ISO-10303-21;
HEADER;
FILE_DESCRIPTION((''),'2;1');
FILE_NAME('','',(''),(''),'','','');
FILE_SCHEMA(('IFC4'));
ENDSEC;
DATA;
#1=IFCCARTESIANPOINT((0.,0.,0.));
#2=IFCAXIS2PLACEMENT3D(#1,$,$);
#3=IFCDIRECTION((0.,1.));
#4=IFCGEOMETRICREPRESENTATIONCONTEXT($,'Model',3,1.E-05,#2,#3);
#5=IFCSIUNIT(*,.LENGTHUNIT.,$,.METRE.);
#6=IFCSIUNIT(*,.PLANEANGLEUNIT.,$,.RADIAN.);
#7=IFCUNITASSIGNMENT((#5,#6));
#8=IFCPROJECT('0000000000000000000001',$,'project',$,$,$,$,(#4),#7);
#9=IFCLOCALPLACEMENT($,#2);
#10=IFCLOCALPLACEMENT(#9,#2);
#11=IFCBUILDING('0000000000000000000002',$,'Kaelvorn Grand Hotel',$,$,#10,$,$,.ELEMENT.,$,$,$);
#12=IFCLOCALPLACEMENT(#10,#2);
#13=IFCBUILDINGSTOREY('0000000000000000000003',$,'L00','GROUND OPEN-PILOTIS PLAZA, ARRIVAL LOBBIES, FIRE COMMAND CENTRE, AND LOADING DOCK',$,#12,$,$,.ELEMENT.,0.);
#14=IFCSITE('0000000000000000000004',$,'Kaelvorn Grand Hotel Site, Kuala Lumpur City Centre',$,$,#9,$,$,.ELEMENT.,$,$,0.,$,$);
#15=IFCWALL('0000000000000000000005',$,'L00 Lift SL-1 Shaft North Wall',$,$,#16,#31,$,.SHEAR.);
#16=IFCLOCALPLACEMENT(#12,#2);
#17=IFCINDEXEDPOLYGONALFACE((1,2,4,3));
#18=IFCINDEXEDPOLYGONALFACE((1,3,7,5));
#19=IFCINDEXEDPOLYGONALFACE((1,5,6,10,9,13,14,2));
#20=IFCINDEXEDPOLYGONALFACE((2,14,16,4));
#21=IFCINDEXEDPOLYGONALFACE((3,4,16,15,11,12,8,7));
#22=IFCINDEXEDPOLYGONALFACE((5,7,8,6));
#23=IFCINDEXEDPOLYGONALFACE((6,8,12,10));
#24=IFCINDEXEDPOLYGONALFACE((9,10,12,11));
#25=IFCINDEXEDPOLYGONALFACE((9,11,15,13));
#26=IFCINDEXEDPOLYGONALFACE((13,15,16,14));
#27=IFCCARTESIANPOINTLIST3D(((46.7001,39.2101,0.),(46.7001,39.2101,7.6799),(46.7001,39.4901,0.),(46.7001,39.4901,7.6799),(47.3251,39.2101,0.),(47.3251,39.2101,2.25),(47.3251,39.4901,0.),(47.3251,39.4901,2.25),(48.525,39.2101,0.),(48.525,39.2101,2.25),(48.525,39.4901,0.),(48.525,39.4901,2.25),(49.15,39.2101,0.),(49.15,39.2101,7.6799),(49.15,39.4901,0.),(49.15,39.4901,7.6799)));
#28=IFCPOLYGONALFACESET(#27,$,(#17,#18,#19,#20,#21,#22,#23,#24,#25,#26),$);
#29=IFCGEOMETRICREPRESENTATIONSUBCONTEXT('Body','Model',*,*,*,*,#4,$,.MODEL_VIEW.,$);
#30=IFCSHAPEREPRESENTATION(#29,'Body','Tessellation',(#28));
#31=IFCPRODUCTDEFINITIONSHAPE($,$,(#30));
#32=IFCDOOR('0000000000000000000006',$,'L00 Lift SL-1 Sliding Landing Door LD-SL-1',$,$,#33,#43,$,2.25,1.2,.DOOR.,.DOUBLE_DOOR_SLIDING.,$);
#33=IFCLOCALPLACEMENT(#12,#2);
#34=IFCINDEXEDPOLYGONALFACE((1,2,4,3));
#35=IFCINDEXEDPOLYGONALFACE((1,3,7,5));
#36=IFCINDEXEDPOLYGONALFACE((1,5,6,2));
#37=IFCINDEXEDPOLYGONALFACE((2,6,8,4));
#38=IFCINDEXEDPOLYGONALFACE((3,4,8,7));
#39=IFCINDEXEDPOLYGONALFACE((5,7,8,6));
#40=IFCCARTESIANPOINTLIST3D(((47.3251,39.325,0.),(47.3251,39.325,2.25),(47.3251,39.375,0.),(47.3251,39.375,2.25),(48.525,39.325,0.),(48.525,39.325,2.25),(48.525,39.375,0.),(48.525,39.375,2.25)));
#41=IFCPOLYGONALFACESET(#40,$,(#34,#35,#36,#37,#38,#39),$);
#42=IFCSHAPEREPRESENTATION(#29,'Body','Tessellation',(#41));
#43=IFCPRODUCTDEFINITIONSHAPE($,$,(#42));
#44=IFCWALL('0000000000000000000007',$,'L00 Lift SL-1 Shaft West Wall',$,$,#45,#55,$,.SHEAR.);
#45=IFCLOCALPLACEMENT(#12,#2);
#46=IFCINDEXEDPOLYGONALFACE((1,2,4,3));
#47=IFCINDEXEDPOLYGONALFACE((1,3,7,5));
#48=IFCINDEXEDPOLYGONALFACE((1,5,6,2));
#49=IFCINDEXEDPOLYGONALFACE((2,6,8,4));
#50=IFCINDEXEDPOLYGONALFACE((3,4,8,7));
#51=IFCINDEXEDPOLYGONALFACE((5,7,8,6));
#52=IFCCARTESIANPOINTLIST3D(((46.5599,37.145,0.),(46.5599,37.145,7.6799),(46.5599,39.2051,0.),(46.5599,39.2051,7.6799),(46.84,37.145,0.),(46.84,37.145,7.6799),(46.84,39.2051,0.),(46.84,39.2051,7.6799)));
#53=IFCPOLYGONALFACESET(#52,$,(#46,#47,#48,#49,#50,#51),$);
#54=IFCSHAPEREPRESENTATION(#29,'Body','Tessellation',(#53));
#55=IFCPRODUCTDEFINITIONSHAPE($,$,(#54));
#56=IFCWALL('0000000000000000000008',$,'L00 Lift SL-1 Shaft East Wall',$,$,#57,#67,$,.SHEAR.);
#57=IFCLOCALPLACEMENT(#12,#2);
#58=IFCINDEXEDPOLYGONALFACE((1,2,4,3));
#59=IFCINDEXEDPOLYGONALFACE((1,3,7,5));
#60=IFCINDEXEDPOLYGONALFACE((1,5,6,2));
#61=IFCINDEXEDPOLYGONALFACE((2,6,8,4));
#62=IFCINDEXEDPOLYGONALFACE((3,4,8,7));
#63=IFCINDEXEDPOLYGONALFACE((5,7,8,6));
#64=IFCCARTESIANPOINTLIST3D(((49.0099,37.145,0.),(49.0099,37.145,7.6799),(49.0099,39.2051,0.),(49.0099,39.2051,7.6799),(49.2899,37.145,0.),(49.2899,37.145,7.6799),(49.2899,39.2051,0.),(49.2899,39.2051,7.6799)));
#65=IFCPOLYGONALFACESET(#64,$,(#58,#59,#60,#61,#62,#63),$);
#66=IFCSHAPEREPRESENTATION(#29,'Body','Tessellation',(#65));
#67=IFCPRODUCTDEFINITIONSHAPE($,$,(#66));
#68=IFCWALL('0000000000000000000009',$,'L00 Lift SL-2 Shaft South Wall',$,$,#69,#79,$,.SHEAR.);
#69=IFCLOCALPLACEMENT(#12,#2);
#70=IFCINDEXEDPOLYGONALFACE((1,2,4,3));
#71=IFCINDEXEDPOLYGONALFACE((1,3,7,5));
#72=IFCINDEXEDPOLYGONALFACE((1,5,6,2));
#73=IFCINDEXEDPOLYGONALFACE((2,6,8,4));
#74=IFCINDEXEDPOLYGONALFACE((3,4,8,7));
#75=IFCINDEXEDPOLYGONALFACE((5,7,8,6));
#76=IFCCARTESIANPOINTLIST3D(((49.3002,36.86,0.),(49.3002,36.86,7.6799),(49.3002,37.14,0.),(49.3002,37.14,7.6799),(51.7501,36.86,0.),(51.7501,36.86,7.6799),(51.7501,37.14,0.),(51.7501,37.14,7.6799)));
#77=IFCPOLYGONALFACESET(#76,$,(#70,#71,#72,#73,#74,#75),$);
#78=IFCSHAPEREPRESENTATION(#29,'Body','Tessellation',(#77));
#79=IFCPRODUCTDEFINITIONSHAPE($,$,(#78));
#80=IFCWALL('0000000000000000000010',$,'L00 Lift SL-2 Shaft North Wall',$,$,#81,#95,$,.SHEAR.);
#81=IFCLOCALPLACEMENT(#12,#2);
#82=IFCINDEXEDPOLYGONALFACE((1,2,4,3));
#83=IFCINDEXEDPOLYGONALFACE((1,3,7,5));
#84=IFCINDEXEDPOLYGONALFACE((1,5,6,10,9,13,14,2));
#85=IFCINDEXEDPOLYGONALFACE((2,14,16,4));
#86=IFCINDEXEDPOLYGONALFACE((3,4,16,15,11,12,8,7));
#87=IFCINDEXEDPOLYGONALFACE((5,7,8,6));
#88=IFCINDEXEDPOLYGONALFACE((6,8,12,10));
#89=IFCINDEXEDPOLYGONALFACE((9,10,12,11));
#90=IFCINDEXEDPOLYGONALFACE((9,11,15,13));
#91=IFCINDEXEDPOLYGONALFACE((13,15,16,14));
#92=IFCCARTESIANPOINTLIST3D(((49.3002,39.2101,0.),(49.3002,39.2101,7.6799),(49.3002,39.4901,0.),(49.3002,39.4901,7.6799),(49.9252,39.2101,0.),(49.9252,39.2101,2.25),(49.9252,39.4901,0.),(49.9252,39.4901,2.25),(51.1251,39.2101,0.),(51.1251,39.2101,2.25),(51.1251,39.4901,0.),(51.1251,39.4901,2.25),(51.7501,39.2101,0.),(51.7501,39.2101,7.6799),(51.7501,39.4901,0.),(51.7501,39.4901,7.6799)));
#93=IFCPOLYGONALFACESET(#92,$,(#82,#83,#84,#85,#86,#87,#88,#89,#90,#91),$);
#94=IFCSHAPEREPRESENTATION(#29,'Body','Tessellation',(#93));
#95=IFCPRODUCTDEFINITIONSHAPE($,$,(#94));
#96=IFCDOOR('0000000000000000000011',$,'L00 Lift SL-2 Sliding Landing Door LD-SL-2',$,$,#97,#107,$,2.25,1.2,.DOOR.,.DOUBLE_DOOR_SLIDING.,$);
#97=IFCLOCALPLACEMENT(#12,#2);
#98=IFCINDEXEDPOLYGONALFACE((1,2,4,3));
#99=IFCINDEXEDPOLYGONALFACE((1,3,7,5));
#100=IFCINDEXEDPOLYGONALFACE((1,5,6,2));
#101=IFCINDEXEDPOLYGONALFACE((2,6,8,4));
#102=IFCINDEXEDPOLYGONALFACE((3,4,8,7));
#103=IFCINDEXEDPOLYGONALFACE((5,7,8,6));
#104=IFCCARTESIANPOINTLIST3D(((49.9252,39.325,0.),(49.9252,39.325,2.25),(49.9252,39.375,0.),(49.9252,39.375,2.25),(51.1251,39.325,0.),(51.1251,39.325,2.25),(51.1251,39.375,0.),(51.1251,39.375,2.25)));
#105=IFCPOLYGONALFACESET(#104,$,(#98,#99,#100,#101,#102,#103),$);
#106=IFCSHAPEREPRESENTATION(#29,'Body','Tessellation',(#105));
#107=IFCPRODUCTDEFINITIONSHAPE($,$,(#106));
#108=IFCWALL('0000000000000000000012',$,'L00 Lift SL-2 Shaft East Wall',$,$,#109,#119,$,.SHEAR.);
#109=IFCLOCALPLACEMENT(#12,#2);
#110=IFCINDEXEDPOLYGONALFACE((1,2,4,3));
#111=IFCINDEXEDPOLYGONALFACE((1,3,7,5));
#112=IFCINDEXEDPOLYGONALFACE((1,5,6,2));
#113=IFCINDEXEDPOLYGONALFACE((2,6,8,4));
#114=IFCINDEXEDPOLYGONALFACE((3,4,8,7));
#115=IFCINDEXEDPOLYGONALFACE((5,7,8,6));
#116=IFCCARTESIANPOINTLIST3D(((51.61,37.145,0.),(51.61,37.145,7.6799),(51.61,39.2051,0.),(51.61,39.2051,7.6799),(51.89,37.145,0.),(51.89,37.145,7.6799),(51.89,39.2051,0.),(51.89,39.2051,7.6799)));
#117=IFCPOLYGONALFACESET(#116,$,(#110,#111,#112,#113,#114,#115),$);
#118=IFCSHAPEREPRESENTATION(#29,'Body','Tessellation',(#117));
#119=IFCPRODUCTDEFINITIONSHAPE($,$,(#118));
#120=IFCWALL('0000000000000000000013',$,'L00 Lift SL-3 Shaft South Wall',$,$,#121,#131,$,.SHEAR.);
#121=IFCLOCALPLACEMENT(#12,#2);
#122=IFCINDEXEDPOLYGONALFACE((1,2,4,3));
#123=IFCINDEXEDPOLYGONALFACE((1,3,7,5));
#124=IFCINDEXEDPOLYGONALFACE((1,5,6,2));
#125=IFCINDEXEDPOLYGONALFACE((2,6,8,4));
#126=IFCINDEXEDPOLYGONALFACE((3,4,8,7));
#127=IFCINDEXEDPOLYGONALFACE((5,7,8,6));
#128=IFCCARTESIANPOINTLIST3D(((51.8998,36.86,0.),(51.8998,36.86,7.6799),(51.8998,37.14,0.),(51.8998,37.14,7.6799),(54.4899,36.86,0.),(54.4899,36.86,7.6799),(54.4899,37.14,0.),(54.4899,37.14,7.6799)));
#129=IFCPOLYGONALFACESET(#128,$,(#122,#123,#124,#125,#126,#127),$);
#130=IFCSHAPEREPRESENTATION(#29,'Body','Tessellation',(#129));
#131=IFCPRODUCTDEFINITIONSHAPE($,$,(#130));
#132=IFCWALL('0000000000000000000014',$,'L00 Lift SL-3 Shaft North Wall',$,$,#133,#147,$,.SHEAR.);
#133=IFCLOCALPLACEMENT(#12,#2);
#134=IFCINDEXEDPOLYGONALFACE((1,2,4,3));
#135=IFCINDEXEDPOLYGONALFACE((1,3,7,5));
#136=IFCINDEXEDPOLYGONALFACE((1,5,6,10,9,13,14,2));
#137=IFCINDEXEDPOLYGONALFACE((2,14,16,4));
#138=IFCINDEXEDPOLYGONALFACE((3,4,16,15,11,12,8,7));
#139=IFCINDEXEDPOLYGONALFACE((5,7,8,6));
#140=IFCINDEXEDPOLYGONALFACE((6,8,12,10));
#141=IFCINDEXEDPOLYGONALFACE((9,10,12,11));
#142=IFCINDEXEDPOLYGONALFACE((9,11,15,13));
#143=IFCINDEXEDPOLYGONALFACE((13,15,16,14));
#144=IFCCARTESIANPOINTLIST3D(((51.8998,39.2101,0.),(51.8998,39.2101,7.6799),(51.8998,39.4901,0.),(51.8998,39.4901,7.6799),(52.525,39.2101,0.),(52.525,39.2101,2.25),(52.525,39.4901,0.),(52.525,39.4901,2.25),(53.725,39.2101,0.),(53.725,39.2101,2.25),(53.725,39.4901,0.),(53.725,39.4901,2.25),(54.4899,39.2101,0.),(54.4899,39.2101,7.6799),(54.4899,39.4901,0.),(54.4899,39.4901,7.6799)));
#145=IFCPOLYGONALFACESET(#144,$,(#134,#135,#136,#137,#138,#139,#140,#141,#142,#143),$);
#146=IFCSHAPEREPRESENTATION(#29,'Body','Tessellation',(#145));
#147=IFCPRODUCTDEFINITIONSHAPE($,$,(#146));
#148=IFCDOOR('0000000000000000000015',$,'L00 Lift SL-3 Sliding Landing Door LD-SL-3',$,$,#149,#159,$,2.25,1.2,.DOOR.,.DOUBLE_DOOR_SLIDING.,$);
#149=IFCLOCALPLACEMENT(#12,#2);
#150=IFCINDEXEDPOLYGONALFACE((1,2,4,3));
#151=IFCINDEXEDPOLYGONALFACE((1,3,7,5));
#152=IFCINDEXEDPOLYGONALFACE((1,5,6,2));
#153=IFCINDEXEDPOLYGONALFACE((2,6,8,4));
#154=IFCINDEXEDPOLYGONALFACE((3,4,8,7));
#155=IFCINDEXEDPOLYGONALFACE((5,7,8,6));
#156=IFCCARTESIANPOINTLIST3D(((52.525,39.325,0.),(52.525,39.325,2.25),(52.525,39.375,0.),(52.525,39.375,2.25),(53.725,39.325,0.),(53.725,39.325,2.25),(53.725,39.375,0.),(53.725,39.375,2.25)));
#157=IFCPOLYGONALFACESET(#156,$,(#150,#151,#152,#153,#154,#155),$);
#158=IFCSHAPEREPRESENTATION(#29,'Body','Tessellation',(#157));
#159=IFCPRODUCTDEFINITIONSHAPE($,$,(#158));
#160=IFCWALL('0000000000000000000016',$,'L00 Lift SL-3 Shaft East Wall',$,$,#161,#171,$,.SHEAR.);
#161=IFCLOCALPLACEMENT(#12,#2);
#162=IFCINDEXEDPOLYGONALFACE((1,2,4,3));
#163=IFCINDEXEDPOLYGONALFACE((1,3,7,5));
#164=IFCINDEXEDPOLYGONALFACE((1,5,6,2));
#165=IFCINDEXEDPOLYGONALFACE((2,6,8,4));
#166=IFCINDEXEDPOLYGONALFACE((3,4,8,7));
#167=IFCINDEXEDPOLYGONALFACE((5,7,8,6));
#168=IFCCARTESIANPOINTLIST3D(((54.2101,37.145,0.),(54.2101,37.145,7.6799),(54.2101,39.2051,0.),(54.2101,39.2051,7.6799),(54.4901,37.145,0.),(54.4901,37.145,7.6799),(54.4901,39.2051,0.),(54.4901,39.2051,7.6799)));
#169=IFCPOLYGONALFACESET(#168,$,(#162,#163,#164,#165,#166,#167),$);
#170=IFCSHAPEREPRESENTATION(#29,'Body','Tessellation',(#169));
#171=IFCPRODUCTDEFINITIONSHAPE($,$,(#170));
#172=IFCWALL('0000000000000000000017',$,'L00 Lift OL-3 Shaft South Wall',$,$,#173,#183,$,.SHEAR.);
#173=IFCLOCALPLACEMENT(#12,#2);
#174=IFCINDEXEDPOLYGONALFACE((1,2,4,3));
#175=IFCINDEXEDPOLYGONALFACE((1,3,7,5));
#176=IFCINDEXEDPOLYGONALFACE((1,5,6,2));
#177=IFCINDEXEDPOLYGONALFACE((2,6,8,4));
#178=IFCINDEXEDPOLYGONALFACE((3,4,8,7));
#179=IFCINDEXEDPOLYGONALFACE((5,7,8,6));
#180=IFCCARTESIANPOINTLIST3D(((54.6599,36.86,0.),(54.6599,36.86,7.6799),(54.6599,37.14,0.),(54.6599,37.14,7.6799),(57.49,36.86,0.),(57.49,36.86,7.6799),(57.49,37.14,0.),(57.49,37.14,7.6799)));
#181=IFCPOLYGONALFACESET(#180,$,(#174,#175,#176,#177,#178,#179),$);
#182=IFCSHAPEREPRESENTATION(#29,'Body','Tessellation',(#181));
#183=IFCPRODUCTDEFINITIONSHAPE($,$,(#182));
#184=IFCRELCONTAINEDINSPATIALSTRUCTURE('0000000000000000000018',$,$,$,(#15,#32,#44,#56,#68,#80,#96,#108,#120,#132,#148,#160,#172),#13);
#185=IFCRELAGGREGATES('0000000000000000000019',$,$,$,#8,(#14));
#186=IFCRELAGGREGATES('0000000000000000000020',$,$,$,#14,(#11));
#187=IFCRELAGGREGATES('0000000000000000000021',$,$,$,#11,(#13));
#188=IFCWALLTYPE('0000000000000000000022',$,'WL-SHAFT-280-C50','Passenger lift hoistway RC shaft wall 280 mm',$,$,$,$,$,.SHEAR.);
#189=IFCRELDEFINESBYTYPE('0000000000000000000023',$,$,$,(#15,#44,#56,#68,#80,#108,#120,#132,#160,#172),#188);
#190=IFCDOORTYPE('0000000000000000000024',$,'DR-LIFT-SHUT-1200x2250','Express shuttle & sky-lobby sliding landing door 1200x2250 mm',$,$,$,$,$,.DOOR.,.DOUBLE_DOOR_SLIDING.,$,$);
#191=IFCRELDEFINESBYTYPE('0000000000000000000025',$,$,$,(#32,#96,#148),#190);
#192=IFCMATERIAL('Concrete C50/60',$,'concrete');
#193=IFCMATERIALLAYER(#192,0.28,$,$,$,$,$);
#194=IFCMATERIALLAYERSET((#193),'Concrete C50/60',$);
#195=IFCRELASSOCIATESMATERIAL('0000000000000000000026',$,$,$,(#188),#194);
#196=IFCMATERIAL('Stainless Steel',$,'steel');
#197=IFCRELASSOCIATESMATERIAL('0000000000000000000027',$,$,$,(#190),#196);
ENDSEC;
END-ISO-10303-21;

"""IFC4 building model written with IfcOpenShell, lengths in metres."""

from ifc_helpers import new_model, si_unit, direction, frame, frame_2d, origin, place, context, subcontext, project, spatial, rectangle, extrude, material, layer, layer_set, type_object, element, fill, save


model = new_model("IFC4")

# Units and contexts
model_context = context("Model", 3, precision=1e-05, world=origin(), true_north=direction((0.0, 1.0)))
body_context = subcontext(model_context, "Body", "Model", "MODEL_VIEW")
ifc_project = project(units=[si_unit("LENGTHUNIT", "METRE"), si_unit("PLANEANGLEUNIT", "RADIAN")], contexts=[model_context])

# Site, building, storey
site_placement = place(None, origin())
site = spatial("IfcSite", under=ifc_project, at=site_placement, Name="Kaelvorn Grand Hotel Site, Kuala Lumpur City Centre", CompositionType="ELEMENT", RefElevation=0.0)
building_placement = place(site_placement, origin())
building = spatial("IfcBuilding", under=site, at=building_placement, Name="Kaelvorn Grand Hotel", CompositionType="ELEMENT")
storey_placement = place(building_placement, origin())
storey = spatial("IfcBuildingStorey", under=building, at=storey_placement, Name="L00", Description="GROUND OPEN-PILOTIS PLAZA, ARRIVAL LOBBIES, FIRE COMMAND CENTRE, AND LOADING DOCK", CompositionType="ELEMENT", Elevation=0.0)

# Shared definitions
ifc_material_1 = material(Name="Concrete C50/60", Category="concrete")
ifc_layer_1 = layer(ifc_material_1, 0.28)
ifc_layer_set_1 = layer_set([ifc_layer_1], Name="Concrete C50/60")
wall_type_1 = type_object("IfcWallType", Name="WL-SHAFT-280-C50", Description="Passenger lift hoistway RC shaft wall 280 mm", PredefinedType="SHEAR", material=ifc_layer_set_1)

# Wall, opening, door
wall_1_placement = place(storey_placement, frame((46.7, 39.3501, 0.0), z_axis=(0.0, 0.0, 1.0), x_axis=(1.0, 0.0, 0.0)))
wall_1 = element("IfcWall", 1, at=wall_1_placement, inside=storey, type_object=wall_type_1, Name="L00 Lift SL-1 Shaft North Wall", PredefinedType="SHEAR", context=body_context, shape_type="SweptSolid", body=[
    extrude(rectangle(XDim=2.45, YDim=0.28, at=frame_2d((1.2251, 0.0))), origin(), (0.0, 0.0, 1.0), 7.6799),
])
opening_1_placement = place(wall_1_placement, frame((0.625, 0.0, 0.0)))
opening_1 = element("IfcOpeningElement", 2, at=opening_1_placement, cuts=wall_1, PredefinedType="OPENING", context=body_context, shape_type="SweptSolid", body=[
    extrude(rectangle(XDim=1.2, YDim=2.25, at=frame_2d((0.6001, 1.125))), frame((0.0, 0.1499, 0.0), z_axis=(0.0, -1.0, 0.0), x_axis=(1.0, 0.0, 0.0)), (0.0, 0.0, 1.0), 0.3),
])
ifc_material_2 = material(Name="Stainless Steel", Category="steel")
door_type_1 = type_object("IfcDoorType", Name="DR-LIFT-SHUT-1200x2250", Description="Express shuttle & sky-lobby sliding landing door 1200x2250 mm", OperationType="DOUBLE_DOOR_SLIDING", PredefinedType="DOOR", material=ifc_material_2)
door_1_placement = place(opening_1_placement, origin())
door_1 = element("IfcDoor", 3, at=door_1_placement, inside=storey, type_object=door_type_1, Name="L00 Lift SL-1 Sliding Landing Door LD-SL-1", OperationType="DOUBLE_DOOR_SLIDING", OverallHeight=2.25, OverallWidth=1.2, PredefinedType="DOOR", context=body_context, shape_type="SweptSolid", body=[
    extrude(rectangle(XDim=1.2, YDim=2.25, at=frame_2d((0.6001, 1.125))), frame((0.0, 0.0249, 0.0), z_axis=(0.0, -1.0, 0.0), x_axis=(1.0, 0.0, 0.0)), (0.0, 0.0, 1.0), 0.05),
])
fill(opening_1, door_1)

# Walls
for number, where, z_axis, x_axis, name in (
    (4, (46.7, 37.145, 0.0), (0.0, 0.0, 1.0), (0.0, 1.0, 0.0), "L00 Lift SL-1 Shaft West Wall"),
    (5, (49.1499, 37.145, 0.0), (0.0, 0.0, 1.0), (0.0, 1.0, 0.0), "L00 Lift SL-1 Shaft East Wall"),
):
    element("IfcWall", number, at=place(storey_placement, frame(where, z_axis=z_axis, x_axis=x_axis)), inside=storey, type_object=wall_type_1, Name=name, PredefinedType="SHEAR", context=body_context, shape_type="SweptSolid", body=[
        extrude(rectangle(XDim=2.0601, YDim=0.28, at=frame_2d((1.03, 0.0))), origin(), (0.0, 0.0, 1.0), 7.6799),
    ])
wall_2_placement = place(storey_placement, frame((49.3, 37.0, 0.0), z_axis=(0.0, 0.0, 1.0), x_axis=(1.0, 0.0, 0.0)))
element("IfcWall", 6, at=wall_2_placement, inside=storey, type_object=wall_type_1, Name="L00 Lift SL-2 Shaft South Wall", PredefinedType="SHEAR", context=body_context, shape_type="SweptSolid", body=[
    extrude(rectangle(XDim=2.45, YDim=0.28, at=frame_2d((1.2251, 0.0))), origin(), (0.0, 0.0, 1.0), 7.6799),
])

# Wall, opening, door
wall_3_placement = place(storey_placement, frame((49.3, 39.3501, 0.0), z_axis=(0.0, 0.0, 1.0), x_axis=(1.0, 0.0, 0.0)))
wall_3 = element("IfcWall", 7, at=wall_3_placement, inside=storey, type_object=wall_type_1, Name="L00 Lift SL-2 Shaft North Wall", PredefinedType="SHEAR", context=body_context, shape_type="SweptSolid", body=[
    extrude(rectangle(XDim=2.45, YDim=0.28, at=frame_2d((1.2251, 0.0))), origin(), (0.0, 0.0, 1.0), 7.6799),
])
opening_2_placement = place(wall_3_placement, frame((0.625, 0.0, 0.0)))
opening_2 = element("IfcOpeningElement", 8, at=opening_2_placement, cuts=wall_3, PredefinedType="OPENING", context=body_context, shape_type="SweptSolid", body=[
    extrude(rectangle(XDim=1.2, YDim=2.25, at=frame_2d((0.6001, 1.125))), frame((0.0, 0.1499, 0.0), z_axis=(0.0, -1.0, 0.0), x_axis=(1.0, 0.0, 0.0)), (0.0, 0.0, 1.0), 0.3),
])
door_2_placement = place(opening_2_placement, origin())
door_2 = element("IfcDoor", 9, at=door_2_placement, inside=storey, type_object=door_type_1, Name="L00 Lift SL-2 Sliding Landing Door LD-SL-2", OperationType="DOUBLE_DOOR_SLIDING", OverallHeight=2.25, OverallWidth=1.2, PredefinedType="DOOR", context=body_context, shape_type="SweptSolid", body=[
    extrude(rectangle(XDim=1.2, YDim=2.25, at=frame_2d((0.6001, 1.125))), frame((0.0, 0.0249, 0.0), z_axis=(0.0, -1.0, 0.0), x_axis=(1.0, 0.0, 0.0)), (0.0, 0.0, 1.0), 0.05),
])
fill(opening_2, door_2)

# Walls
wall_4_placement = place(storey_placement, frame((51.75, 37.145, 0.0), z_axis=(0.0, 0.0, 1.0), x_axis=(0.0, 1.0, 0.0)))
element("IfcWall", 10, at=wall_4_placement, inside=storey, type_object=wall_type_1, Name="L00 Lift SL-2 Shaft East Wall", PredefinedType="SHEAR", context=body_context, shape_type="SweptSolid", body=[
    extrude(rectangle(XDim=2.0601, YDim=0.28, at=frame_2d((1.03, 0.0))), origin(), (0.0, 0.0, 1.0), 7.6799),
])
wall_5_placement = place(storey_placement, frame((51.8999, 37.0, 0.0), z_axis=(0.0, 0.0, 1.0), x_axis=(1.0, 0.0, 0.0)))
element("IfcWall", 11, at=wall_5_placement, inside=storey, type_object=wall_type_1, Name="L00 Lift SL-3 Shaft South Wall", PredefinedType="SHEAR", context=body_context, shape_type="SweptSolid", body=[
    extrude(rectangle(XDim=2.5901, YDim=0.28, at=frame_2d((1.2949, 0.0))), origin(), (0.0, 0.0, 1.0), 7.6799),
])

# Wall, opening, door
wall_6_placement = place(storey_placement, frame((51.8999, 39.3501, 0.0), z_axis=(0.0, 0.0, 1.0), x_axis=(1.0, 0.0, 0.0)))
wall_6 = element("IfcWall", 12, at=wall_6_placement, inside=storey, type_object=wall_type_1, Name="L00 Lift SL-3 Shaft North Wall", PredefinedType="SHEAR", context=body_context, shape_type="SweptSolid", body=[
    extrude(rectangle(XDim=2.5901, YDim=0.28, at=frame_2d((1.2949, 0.0))), origin(), (0.0, 0.0, 1.0), 7.6799),
])
opening_3_placement = place(wall_6_placement, frame((0.625, 0.0, 0.0)))
opening_3 = element("IfcOpeningElement", 13, at=opening_3_placement, cuts=wall_6, PredefinedType="OPENING", context=body_context, shape_type="SweptSolid", body=[
    extrude(rectangle(XDim=1.2, YDim=2.25, at=frame_2d((0.6001, 1.125))), frame((0.0, 0.1499, 0.0), z_axis=(0.0, -1.0, 0.0), x_axis=(1.0, 0.0, 0.0)), (0.0, 0.0, 1.0), 0.3),
])
door_3_placement = place(opening_3_placement, origin())
door_3 = element("IfcDoor", 14, at=door_3_placement, inside=storey, type_object=door_type_1, Name="L00 Lift SL-3 Sliding Landing Door LD-SL-3", OperationType="DOUBLE_DOOR_SLIDING", OverallHeight=2.25, OverallWidth=1.2, PredefinedType="DOOR", context=body_context, shape_type="SweptSolid", body=[
    extrude(rectangle(XDim=1.2, YDim=2.25, at=frame_2d((0.6001, 1.125))), frame((0.0, 0.0249, 0.0), z_axis=(0.0, -1.0, 0.0), x_axis=(1.0, 0.0, 0.0)), (0.0, 0.0, 1.0), 0.05),
])
fill(opening_3, door_3)

# Walls
wall_7_placement = place(storey_placement, frame((54.3501, 37.145, 0.0), z_axis=(0.0, 0.0, 1.0), x_axis=(0.0, 1.0, 0.0)))
element("IfcWall", 15, at=wall_7_placement, inside=storey, type_object=wall_type_1, Name="L00 Lift SL-3 Shaft East Wall", PredefinedType="SHEAR", context=body_context, shape_type="SweptSolid", body=[
    extrude(rectangle(XDim=2.0601, YDim=0.28, at=frame_2d((1.03, 0.0))), origin(), (0.0, 0.0, 1.0), 7.6799),
])
wall_8_placement = place(storey_placement, frame((54.6599, 37.0, 0.0), z_axis=(0.0, 0.0, 1.0), x_axis=(1.0, 0.0, 0.0)))
element("IfcWall", 16, at=wall_8_placement, inside=storey, type_object=wall_type_1, Name="L00 Lift OL-3 Shaft South Wall", PredefinedType="SHEAR", context=body_context, shape_type="SweptSolid", body=[
    extrude(rectangle(XDim=2.8301, YDim=0.28, at=frame_2d((1.415, 0.0))), origin(), (0.0, 0.0, 1.0), 7.6799),
])

save(model, "model.ifc")
